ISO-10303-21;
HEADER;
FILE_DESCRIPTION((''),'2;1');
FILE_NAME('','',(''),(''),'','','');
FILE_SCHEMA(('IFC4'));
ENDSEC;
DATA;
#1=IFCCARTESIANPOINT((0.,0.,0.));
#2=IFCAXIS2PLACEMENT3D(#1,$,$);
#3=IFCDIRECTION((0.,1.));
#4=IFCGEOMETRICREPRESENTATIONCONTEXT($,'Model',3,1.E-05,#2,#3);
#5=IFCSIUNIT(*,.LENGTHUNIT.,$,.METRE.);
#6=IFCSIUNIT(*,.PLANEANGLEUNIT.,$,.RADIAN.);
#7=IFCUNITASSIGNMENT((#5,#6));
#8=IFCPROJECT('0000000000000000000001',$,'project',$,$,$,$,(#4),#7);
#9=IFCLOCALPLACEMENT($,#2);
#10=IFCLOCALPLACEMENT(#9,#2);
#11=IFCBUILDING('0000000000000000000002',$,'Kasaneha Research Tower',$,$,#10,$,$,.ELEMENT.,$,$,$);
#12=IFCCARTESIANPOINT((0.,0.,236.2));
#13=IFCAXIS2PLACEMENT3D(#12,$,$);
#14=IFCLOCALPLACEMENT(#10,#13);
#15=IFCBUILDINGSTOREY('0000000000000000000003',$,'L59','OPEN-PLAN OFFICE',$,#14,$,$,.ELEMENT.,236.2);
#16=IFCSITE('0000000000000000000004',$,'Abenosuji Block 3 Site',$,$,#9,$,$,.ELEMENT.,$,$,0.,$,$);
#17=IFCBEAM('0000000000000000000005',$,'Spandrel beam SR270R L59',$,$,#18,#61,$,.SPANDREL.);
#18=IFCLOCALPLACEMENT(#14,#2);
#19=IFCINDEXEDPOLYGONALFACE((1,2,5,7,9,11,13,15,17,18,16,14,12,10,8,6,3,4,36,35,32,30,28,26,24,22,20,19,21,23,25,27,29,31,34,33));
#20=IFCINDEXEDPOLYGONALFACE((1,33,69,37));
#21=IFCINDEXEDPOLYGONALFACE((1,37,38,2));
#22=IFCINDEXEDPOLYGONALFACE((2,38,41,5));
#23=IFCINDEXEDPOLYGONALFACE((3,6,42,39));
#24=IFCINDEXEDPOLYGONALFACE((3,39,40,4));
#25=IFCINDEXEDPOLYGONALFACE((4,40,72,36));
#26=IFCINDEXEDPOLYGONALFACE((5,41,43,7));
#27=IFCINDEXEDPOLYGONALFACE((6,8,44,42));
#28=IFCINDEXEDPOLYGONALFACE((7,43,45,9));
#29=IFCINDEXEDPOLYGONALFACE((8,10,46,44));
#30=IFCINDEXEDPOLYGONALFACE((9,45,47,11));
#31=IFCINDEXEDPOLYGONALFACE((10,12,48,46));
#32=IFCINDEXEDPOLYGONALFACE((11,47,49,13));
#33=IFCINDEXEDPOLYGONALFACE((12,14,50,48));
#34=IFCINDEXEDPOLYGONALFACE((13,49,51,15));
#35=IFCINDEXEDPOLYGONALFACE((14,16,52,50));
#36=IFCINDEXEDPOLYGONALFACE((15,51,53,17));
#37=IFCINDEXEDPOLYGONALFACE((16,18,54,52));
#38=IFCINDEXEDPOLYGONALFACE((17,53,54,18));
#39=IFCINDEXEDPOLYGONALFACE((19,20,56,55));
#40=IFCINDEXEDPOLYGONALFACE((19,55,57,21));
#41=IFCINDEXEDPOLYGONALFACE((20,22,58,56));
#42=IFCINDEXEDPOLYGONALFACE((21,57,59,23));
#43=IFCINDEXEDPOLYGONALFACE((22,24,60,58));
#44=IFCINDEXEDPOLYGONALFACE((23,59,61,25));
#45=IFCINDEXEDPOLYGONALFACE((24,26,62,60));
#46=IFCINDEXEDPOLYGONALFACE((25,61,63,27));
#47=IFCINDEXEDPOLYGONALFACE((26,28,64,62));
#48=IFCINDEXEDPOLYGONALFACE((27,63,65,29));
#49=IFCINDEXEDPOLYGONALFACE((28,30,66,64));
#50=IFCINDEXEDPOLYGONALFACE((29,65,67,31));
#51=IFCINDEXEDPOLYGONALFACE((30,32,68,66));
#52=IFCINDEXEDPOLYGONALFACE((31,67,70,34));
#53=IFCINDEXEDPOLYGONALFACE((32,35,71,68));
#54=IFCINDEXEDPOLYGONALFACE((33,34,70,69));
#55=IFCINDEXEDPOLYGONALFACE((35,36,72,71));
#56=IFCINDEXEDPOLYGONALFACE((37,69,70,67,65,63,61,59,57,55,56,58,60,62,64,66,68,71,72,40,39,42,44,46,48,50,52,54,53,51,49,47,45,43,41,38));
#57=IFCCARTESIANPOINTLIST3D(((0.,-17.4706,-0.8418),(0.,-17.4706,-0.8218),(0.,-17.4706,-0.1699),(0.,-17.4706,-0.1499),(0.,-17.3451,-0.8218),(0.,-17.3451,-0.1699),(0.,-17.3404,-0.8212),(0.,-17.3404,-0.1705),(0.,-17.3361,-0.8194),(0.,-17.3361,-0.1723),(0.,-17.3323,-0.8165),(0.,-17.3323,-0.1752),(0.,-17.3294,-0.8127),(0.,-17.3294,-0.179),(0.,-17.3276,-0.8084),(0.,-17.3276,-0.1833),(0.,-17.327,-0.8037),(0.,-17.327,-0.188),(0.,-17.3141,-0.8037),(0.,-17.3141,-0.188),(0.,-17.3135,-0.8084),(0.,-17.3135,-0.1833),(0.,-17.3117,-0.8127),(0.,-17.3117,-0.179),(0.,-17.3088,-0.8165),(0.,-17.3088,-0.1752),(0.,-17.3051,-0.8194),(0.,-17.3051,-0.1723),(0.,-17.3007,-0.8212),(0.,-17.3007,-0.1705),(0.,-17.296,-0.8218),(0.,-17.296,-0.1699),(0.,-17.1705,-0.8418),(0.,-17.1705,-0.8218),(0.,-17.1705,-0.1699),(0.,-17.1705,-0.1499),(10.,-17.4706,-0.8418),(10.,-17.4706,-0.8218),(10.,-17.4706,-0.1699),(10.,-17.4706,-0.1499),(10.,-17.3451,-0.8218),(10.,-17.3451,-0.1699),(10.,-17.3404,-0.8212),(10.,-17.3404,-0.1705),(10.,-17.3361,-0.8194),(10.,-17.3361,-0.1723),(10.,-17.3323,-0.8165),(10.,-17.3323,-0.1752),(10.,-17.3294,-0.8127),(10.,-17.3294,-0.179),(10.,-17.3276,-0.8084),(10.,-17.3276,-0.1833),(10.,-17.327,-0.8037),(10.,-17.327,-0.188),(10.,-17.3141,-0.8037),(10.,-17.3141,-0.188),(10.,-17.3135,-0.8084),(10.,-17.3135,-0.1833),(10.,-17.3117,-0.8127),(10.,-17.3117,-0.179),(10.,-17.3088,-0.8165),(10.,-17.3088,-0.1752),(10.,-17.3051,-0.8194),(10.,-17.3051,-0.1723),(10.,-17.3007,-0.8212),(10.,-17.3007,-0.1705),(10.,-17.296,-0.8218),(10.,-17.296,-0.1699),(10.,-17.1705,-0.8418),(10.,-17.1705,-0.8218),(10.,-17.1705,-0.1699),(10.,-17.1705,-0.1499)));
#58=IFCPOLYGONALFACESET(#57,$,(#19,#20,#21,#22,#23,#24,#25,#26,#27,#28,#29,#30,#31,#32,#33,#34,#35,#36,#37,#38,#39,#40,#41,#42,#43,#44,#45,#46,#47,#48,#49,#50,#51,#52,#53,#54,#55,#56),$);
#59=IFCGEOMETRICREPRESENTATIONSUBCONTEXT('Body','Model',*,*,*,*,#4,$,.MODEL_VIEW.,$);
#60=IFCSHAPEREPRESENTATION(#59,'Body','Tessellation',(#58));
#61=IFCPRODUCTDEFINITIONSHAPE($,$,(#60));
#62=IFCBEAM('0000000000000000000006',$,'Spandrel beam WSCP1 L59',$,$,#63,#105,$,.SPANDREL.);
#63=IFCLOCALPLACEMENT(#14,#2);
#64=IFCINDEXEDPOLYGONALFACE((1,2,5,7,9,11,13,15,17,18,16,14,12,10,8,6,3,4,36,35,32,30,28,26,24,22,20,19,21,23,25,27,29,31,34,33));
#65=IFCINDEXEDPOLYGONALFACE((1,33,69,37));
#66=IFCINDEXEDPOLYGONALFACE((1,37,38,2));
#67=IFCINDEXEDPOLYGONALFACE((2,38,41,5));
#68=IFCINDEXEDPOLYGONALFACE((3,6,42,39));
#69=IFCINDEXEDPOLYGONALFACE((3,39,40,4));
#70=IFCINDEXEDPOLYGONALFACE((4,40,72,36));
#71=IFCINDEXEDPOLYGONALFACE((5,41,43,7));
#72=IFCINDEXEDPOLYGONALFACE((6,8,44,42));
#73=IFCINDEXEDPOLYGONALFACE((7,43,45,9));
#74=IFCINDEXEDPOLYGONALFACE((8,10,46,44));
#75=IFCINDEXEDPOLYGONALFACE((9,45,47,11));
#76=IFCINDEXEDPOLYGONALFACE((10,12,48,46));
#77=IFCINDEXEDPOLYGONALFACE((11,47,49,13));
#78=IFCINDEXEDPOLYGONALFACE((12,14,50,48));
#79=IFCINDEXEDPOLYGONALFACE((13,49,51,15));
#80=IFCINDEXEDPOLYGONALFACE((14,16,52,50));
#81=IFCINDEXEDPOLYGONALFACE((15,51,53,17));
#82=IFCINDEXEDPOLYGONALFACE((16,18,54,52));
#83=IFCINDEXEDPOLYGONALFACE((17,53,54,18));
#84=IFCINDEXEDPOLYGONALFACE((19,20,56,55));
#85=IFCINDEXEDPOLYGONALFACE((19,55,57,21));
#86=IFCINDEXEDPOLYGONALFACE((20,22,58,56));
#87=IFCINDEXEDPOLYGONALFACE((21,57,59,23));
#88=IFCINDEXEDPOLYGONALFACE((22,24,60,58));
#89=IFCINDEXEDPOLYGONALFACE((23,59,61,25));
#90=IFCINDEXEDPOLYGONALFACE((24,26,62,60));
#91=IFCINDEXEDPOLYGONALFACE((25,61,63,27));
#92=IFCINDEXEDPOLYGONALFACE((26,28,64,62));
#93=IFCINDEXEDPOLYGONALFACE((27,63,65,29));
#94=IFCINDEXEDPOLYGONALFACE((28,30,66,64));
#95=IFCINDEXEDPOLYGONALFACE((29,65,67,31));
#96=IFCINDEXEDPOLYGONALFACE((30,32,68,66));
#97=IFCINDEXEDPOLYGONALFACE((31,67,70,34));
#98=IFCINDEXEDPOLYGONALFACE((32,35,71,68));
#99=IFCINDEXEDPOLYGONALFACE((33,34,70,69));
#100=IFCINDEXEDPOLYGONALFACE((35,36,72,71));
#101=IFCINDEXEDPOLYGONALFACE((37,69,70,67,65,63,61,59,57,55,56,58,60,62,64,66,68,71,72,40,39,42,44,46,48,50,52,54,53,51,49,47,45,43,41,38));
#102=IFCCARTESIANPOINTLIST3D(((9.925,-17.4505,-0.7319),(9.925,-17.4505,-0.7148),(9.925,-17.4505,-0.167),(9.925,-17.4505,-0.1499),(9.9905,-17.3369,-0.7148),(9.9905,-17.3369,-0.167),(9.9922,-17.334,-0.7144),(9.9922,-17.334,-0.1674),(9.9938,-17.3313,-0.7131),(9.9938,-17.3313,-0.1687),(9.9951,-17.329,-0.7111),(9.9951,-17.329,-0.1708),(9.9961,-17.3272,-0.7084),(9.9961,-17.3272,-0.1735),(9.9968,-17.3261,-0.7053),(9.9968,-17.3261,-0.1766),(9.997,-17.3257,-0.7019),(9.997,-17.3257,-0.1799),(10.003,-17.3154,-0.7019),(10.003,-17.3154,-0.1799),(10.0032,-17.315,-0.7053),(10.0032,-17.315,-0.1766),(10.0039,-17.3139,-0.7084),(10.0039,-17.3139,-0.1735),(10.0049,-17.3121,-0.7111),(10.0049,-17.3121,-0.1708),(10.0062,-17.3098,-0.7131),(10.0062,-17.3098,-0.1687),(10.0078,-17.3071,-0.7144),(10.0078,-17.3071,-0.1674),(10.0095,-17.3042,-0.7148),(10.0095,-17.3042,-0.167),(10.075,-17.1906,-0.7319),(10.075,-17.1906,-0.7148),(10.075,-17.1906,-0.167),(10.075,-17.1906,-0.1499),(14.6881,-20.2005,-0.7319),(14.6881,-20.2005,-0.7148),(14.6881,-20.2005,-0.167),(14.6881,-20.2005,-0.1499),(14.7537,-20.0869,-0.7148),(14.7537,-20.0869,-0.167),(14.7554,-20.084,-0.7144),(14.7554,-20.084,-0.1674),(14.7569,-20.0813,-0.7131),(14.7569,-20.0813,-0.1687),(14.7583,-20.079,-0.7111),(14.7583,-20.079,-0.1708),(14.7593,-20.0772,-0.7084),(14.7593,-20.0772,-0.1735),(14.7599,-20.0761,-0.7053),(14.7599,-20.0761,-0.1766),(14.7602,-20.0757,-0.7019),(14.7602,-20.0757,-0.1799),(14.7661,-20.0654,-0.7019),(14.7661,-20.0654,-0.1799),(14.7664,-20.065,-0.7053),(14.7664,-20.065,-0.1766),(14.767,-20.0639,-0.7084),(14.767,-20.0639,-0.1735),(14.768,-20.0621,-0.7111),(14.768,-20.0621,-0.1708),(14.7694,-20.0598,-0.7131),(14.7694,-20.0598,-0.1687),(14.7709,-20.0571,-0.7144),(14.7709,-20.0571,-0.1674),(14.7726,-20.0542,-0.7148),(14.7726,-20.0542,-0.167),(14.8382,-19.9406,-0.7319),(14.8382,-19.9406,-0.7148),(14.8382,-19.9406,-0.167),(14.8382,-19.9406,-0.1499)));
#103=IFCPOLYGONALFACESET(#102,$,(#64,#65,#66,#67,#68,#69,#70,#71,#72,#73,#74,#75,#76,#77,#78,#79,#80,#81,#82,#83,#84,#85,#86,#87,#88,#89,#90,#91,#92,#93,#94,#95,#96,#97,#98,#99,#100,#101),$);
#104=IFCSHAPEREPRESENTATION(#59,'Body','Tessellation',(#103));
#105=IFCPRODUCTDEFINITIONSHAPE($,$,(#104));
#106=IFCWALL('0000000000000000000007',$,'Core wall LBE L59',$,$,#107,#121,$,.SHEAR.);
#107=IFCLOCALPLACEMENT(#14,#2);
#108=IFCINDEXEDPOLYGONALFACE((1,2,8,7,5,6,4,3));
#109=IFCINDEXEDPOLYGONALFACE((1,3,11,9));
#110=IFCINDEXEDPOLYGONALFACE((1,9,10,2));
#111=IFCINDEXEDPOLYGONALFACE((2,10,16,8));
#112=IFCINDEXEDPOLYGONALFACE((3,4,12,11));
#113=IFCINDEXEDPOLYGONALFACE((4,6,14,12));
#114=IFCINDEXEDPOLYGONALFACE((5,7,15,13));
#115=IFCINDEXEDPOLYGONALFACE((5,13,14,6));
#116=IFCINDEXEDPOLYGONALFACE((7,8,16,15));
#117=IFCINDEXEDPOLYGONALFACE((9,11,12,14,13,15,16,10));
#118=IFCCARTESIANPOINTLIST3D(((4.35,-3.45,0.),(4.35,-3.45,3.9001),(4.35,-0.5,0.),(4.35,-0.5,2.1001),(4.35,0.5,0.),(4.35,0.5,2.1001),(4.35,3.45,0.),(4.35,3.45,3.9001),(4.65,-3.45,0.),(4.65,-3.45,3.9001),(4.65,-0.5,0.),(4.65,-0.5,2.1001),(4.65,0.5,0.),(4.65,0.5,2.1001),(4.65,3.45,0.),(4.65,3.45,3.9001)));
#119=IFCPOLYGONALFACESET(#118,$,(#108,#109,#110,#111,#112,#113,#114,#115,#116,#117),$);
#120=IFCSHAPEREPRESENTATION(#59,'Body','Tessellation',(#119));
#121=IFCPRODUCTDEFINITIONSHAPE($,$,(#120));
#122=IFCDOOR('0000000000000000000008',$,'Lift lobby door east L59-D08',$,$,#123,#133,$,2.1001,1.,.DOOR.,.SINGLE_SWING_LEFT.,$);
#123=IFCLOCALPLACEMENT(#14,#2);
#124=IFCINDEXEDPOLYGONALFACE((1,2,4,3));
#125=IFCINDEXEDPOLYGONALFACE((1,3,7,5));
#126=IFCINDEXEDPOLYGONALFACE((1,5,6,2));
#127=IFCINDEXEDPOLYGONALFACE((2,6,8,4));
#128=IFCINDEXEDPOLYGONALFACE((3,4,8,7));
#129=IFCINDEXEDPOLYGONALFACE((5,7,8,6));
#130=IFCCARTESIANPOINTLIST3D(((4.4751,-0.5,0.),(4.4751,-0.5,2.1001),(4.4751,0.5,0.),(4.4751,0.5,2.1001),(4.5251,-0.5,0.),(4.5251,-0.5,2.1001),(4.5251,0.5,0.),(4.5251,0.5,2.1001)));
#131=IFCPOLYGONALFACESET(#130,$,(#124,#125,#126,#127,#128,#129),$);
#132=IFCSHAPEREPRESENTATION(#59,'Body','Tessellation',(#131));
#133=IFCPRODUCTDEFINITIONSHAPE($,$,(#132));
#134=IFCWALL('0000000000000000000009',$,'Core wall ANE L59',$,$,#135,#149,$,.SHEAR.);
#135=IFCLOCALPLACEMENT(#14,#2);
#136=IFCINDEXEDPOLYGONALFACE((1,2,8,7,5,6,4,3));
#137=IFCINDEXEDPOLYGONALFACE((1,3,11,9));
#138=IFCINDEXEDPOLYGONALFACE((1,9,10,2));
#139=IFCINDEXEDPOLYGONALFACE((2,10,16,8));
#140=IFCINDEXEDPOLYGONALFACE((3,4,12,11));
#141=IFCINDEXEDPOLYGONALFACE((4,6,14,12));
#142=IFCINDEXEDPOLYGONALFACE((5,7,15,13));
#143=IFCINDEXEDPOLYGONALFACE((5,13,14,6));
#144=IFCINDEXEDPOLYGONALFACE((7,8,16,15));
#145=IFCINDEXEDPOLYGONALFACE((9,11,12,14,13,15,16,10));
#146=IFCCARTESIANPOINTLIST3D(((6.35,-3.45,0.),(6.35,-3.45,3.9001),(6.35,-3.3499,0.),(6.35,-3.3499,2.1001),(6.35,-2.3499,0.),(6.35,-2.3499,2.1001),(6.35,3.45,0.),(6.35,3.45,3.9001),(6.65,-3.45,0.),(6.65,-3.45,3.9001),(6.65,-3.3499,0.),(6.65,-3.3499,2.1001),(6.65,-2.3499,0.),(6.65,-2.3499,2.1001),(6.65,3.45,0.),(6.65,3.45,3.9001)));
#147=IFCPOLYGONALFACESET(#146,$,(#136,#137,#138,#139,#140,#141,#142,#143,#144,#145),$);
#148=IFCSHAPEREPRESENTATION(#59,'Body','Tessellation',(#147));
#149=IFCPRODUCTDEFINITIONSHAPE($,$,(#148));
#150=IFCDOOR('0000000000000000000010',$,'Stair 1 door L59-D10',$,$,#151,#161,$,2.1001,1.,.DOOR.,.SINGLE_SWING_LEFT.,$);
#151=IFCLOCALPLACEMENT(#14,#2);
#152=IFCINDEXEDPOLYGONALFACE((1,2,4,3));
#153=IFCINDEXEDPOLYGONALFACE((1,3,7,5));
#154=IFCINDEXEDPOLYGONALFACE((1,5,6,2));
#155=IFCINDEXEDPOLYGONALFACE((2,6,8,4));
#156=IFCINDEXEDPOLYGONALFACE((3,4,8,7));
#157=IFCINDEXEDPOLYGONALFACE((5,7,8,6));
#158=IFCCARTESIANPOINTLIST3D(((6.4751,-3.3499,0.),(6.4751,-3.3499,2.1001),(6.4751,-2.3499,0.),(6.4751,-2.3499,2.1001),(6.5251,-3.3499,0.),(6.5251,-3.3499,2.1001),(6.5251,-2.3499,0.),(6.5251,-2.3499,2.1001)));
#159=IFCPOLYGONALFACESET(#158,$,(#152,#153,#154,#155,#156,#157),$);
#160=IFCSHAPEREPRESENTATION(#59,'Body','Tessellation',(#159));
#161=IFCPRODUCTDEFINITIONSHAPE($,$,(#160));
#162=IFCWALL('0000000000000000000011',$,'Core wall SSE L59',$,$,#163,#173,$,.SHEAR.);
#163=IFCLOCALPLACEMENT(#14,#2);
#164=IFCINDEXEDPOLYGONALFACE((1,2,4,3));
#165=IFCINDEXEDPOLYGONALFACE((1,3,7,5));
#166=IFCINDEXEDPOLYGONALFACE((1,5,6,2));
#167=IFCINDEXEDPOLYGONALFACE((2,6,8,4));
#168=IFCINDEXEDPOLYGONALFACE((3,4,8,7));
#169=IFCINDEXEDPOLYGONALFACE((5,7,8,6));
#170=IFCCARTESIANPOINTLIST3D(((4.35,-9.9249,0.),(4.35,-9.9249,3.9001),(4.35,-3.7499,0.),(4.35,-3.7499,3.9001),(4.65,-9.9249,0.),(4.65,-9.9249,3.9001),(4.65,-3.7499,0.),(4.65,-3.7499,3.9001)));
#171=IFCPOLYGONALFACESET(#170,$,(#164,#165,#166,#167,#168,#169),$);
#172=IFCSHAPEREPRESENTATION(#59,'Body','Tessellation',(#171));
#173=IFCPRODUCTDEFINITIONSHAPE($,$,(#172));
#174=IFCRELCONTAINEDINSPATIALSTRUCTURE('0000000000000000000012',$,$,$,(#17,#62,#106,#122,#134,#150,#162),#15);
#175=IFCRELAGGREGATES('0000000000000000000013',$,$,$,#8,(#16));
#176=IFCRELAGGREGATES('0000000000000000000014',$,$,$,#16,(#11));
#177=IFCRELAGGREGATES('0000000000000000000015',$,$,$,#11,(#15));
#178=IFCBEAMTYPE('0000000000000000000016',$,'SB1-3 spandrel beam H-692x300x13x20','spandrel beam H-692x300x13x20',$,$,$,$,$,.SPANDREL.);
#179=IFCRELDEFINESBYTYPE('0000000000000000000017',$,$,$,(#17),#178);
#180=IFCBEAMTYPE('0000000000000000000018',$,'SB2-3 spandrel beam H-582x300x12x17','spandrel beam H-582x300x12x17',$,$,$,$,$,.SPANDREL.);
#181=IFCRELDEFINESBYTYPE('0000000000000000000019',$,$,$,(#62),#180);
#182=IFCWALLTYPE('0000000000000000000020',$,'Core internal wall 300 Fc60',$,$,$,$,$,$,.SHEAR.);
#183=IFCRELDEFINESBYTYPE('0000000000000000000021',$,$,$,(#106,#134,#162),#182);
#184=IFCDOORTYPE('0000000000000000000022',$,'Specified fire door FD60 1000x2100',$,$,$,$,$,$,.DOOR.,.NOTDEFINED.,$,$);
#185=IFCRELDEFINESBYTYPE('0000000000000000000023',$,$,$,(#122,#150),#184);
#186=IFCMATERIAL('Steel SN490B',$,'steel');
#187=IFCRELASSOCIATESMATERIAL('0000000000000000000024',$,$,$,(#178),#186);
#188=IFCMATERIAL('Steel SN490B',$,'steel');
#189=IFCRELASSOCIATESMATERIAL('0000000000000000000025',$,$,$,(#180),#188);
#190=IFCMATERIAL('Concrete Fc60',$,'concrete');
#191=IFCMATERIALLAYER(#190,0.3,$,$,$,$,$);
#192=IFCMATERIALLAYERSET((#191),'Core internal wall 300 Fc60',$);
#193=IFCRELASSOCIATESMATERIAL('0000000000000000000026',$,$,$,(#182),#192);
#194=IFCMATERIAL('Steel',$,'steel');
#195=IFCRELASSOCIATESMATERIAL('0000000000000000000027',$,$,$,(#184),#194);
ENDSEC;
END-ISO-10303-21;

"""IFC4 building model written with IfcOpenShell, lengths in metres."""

from ifc_helpers import new_model, si_unit, direction, frame, frame_2d, origin, origin_2d, place, context, subcontext, project, spatial, rectangle, i_section, extrude, material, layer, layer_set, material_profile, profile_set, type_object, element, fill, save


model = new_model("IFC4")

# Units and contexts
model_context = context("Model", 3, precision=1e-05, world=origin(), true_north=direction((0.0, 1.0)))
body_context = subcontext(model_context, "Body", "Model", "MODEL_VIEW")
ifc_project = project(units=[si_unit("LENGTHUNIT", "METRE"), si_unit("PLANEANGLEUNIT", "RADIAN")], contexts=[model_context])

# Site, building, storey
site_placement = place(None, origin())
site = spatial("IfcSite", under=ifc_project, at=site_placement, Name="Abenosuji Block 3 Site", CompositionType="ELEMENT", RefElevation=0.0)
building_placement = place(site_placement, origin())
building = spatial("IfcBuilding", under=site, at=building_placement, Name="Kasaneha Research Tower", CompositionType="ELEMENT")
storey_placement = place(building_placement, frame((0.0, 0.0, 236.2)))
storey = spatial("IfcBuildingStorey", under=building, at=storey_placement, Name="L59", Description="OPEN-PLAN OFFICE", CompositionType="ELEMENT", Elevation=236.2)

# Beams
ifc_material_1 = material(Name="Steel SN490B", Category="steel")
ifc_material_profile_1 = material_profile(ifc_material_1, i_section(OverallWidth=0.3, OverallDepth=0.6919, WebThickness=0.0129, FlangeThickness=0.02, FilletRadius=0.0181, at=origin_2d()), Name="H-692x300x13x20")
ifc_profile_set_1 = profile_set([ifc_material_profile_1], Name="Steel SN490B")
beam_type_1 = type_object("IfcBeamType", Name="SB1-3 spandrel beam H-692x300x13x20", Description="spandrel beam H-692x300x13x20", PredefinedType="SPANDREL", material=ifc_profile_set_1)
beam_1_placement = place(storey_placement, frame((10.0, -17.3206, -0.4958), z_axis=(-1.0, 0.0, 0.0), x_axis=(0.0, -1.0, 0.0)))
element("IfcBeam", 1, at=beam_1_placement, inside=storey, type_object=beam_type_1, Name="Spandrel beam SR270R L59", PredefinedType="SPANDREL", context=body_context, shape_type="SweptSolid", body=[
    extrude(i_section(OverallWidth=0.3, OverallDepth=0.6919, WebThickness=0.0129, FlangeThickness=0.02, FilletRadius=0.0181, at=origin_2d()), origin(), (0.0, 0.0, 1.0), 10.0),
])
ifc_material_2 = material(Name="Steel SN490B", Category="steel")
ifc_material_profile_2 = material_profile(ifc_material_2, i_section(OverallWidth=0.3, OverallDepth=0.582, WebThickness=0.012, FlangeThickness=0.0171, FilletRadius=0.0129, at=origin_2d()), Name="H-582x300x12x17")
ifc_profile_set_2 = profile_set([ifc_material_profile_2], Name="Steel SN490B")
beam_type_2 = type_object("IfcBeamType", Name="SB2-3 spandrel beam H-582x300x12x17", Description="spandrel beam H-582x300x12x17", PredefinedType="SPANDREL", material=ifc_profile_set_2)
beam_2_placement = place(storey_placement, frame((10.0, -17.3206, -0.4409), z_axis=(0.866027, -0.499997, 0.0), x_axis=(0.499997, 0.866027, 0.0)))
element("IfcBeam", 2, at=beam_2_placement, inside=storey, type_object=beam_type_2, Name="Spandrel beam WSCP1 L59", PredefinedType="SPANDREL", context=body_context, shape_type="SweptSolid", body=[
    extrude(i_section(OverallWidth=0.3, OverallDepth=0.582, WebThickness=0.012, FlangeThickness=0.0171, FilletRadius=0.0129, at=origin_2d()), origin(), (0.0, 0.0, 1.0), 5.5),
])

# Walls, openings, doors
ifc_material_3 = material(Name="Concrete Fc60", Category="concrete")
ifc_layer_1 = layer(ifc_material_3, 0.3)
ifc_layer_set_1 = layer_set([ifc_layer_1], Name="Core internal wall 300 Fc60")
wall_type_1 = type_object("IfcWallType", Name="Core internal wall 300 Fc60", PredefinedType="SHEAR", material=ifc_layer_set_1)
wall_1_placement = place(storey_placement, frame((4.5, -3.45, 0.0), z_axis=(0.0, 0.0, 1.0), x_axis=(0.0, 1.0, 0.0)))
wall_1 = element("IfcWall", 3, at=wall_1_placement, inside=storey, type_object=wall_type_1, Name="Core wall LBE L59", PredefinedType="SHEAR", context=body_context, shape_type="SweptSolid", body=[
    extrude(rectangle(XDim=6.8999, YDim=0.3, at=frame_2d((3.45, 0.0))), origin(), (0.0, 0.0, 1.0), 3.9001),
])
opening_1_placement = place(wall_1_placement, frame((2.95, 0.0, 0.0)))
opening_1 = element("IfcOpeningElement", 4, at=opening_1_placement, cuts=wall_1, PredefinedType="OPENING", context=body_context, shape_type="SweptSolid", body=[
    extrude(rectangle(XDim=1.0, YDim=2.1001, at=frame_2d((0.5, 1.05))), frame((0.0, 0.1602, 0.0), z_axis=(0.0, -1.0, 0.0), x_axis=(1.0, 0.0, 0.0)), (0.0, 0.0, 1.0), 0.3201),
])
ifc_material_4 = material(Name="Steel", Category="steel")
door_type_1 = type_object("IfcDoorType", Name="Specified fire door FD60 1000x2100", OperationType="NOTDEFINED", PredefinedType="DOOR", material=ifc_material_4)
door_1_placement = place(opening_1_placement, origin())
door_1 = element("IfcDoor", 5, at=door_1_placement, inside=storey, type_object=door_type_1, Name="Lift lobby door east L59-D08", OperationType="SINGLE_SWING_LEFT", OverallHeight=2.1001, OverallWidth=1.0, PredefinedType="DOOR", context=body_context, shape_type="SweptSolid", body=[
    extrude(rectangle(XDim=1.0, YDim=2.1001, at=frame_2d((0.5, 1.05))), frame((0.0, 0.0249, 0.0), z_axis=(0.0, -1.0, 0.0), x_axis=(1.0, 0.0, 0.0)), (0.0, 0.0, 1.0), 0.05),
])
fill(opening_1, door_1)
wall_2_placement = place(storey_placement, frame((6.5, -3.45, 0.0), z_axis=(0.0, 0.0, 1.0), x_axis=(0.0, 1.0, 0.0)))
wall_2 = element("IfcWall", 6, at=wall_2_placement, inside=storey, type_object=wall_type_1, Name="Core wall ANE L59", PredefinedType="SHEAR", context=body_context, shape_type="SweptSolid", body=[
    extrude(rectangle(XDim=6.8999, YDim=0.3, at=frame_2d((3.45, 0.0))), origin(), (0.0, 0.0, 1.0), 3.9001),
])
opening_2_placement = place(wall_2_placement, frame((0.1001, 0.0, 0.0)))
opening_2 = element("IfcOpeningElement", 7, at=opening_2_placement, cuts=wall_2, PredefinedType="OPENING", context=body_context, shape_type="SweptSolid", body=[
    extrude(rectangle(XDim=1.0, YDim=2.1001, at=frame_2d((0.5, 1.05))), frame((0.0, 0.1602, 0.0), z_axis=(0.0, -1.0, 0.0), x_axis=(1.0, 0.0, 0.0)), (0.0, 0.0, 1.0), 0.3201),
])
door_2_placement = place(opening_2_placement, origin())
door_2 = element("IfcDoor", 8, at=door_2_placement, inside=storey, type_object=door_type_1, Name="Stair 1 door L59-D10", OperationType="SINGLE_SWING_LEFT", OverallHeight=2.1001, OverallWidth=1.0, PredefinedType="DOOR", context=body_context, shape_type="SweptSolid", body=[
    extrude(rectangle(XDim=1.0, YDim=2.1001, at=frame_2d((0.5, 1.05))), frame((0.0, 0.0249, 0.0), z_axis=(0.0, -1.0, 0.0), x_axis=(1.0, 0.0, 0.0)), (0.0, 0.0, 1.0), 0.05),
])
fill(opening_2, door_2)

# Wall
wall_3_placement = place(storey_placement, frame((4.5, -3.75, 0.0), z_axis=(0.0, 0.0, 1.0), x_axis=(0.0, -1.0, 0.0)))
element("IfcWall", 9, at=wall_3_placement, inside=storey, type_object=wall_type_1, Name="Core wall SSE L59", PredefinedType="SHEAR", context=body_context, shape_type="SweptSolid", body=[
    extrude(rectangle(XDim=6.175, YDim=0.3, at=frame_2d((3.0874, 0.0))), origin(), (0.0, 0.0, 1.0), 3.9001),
])

save(model, "model.ifc")
